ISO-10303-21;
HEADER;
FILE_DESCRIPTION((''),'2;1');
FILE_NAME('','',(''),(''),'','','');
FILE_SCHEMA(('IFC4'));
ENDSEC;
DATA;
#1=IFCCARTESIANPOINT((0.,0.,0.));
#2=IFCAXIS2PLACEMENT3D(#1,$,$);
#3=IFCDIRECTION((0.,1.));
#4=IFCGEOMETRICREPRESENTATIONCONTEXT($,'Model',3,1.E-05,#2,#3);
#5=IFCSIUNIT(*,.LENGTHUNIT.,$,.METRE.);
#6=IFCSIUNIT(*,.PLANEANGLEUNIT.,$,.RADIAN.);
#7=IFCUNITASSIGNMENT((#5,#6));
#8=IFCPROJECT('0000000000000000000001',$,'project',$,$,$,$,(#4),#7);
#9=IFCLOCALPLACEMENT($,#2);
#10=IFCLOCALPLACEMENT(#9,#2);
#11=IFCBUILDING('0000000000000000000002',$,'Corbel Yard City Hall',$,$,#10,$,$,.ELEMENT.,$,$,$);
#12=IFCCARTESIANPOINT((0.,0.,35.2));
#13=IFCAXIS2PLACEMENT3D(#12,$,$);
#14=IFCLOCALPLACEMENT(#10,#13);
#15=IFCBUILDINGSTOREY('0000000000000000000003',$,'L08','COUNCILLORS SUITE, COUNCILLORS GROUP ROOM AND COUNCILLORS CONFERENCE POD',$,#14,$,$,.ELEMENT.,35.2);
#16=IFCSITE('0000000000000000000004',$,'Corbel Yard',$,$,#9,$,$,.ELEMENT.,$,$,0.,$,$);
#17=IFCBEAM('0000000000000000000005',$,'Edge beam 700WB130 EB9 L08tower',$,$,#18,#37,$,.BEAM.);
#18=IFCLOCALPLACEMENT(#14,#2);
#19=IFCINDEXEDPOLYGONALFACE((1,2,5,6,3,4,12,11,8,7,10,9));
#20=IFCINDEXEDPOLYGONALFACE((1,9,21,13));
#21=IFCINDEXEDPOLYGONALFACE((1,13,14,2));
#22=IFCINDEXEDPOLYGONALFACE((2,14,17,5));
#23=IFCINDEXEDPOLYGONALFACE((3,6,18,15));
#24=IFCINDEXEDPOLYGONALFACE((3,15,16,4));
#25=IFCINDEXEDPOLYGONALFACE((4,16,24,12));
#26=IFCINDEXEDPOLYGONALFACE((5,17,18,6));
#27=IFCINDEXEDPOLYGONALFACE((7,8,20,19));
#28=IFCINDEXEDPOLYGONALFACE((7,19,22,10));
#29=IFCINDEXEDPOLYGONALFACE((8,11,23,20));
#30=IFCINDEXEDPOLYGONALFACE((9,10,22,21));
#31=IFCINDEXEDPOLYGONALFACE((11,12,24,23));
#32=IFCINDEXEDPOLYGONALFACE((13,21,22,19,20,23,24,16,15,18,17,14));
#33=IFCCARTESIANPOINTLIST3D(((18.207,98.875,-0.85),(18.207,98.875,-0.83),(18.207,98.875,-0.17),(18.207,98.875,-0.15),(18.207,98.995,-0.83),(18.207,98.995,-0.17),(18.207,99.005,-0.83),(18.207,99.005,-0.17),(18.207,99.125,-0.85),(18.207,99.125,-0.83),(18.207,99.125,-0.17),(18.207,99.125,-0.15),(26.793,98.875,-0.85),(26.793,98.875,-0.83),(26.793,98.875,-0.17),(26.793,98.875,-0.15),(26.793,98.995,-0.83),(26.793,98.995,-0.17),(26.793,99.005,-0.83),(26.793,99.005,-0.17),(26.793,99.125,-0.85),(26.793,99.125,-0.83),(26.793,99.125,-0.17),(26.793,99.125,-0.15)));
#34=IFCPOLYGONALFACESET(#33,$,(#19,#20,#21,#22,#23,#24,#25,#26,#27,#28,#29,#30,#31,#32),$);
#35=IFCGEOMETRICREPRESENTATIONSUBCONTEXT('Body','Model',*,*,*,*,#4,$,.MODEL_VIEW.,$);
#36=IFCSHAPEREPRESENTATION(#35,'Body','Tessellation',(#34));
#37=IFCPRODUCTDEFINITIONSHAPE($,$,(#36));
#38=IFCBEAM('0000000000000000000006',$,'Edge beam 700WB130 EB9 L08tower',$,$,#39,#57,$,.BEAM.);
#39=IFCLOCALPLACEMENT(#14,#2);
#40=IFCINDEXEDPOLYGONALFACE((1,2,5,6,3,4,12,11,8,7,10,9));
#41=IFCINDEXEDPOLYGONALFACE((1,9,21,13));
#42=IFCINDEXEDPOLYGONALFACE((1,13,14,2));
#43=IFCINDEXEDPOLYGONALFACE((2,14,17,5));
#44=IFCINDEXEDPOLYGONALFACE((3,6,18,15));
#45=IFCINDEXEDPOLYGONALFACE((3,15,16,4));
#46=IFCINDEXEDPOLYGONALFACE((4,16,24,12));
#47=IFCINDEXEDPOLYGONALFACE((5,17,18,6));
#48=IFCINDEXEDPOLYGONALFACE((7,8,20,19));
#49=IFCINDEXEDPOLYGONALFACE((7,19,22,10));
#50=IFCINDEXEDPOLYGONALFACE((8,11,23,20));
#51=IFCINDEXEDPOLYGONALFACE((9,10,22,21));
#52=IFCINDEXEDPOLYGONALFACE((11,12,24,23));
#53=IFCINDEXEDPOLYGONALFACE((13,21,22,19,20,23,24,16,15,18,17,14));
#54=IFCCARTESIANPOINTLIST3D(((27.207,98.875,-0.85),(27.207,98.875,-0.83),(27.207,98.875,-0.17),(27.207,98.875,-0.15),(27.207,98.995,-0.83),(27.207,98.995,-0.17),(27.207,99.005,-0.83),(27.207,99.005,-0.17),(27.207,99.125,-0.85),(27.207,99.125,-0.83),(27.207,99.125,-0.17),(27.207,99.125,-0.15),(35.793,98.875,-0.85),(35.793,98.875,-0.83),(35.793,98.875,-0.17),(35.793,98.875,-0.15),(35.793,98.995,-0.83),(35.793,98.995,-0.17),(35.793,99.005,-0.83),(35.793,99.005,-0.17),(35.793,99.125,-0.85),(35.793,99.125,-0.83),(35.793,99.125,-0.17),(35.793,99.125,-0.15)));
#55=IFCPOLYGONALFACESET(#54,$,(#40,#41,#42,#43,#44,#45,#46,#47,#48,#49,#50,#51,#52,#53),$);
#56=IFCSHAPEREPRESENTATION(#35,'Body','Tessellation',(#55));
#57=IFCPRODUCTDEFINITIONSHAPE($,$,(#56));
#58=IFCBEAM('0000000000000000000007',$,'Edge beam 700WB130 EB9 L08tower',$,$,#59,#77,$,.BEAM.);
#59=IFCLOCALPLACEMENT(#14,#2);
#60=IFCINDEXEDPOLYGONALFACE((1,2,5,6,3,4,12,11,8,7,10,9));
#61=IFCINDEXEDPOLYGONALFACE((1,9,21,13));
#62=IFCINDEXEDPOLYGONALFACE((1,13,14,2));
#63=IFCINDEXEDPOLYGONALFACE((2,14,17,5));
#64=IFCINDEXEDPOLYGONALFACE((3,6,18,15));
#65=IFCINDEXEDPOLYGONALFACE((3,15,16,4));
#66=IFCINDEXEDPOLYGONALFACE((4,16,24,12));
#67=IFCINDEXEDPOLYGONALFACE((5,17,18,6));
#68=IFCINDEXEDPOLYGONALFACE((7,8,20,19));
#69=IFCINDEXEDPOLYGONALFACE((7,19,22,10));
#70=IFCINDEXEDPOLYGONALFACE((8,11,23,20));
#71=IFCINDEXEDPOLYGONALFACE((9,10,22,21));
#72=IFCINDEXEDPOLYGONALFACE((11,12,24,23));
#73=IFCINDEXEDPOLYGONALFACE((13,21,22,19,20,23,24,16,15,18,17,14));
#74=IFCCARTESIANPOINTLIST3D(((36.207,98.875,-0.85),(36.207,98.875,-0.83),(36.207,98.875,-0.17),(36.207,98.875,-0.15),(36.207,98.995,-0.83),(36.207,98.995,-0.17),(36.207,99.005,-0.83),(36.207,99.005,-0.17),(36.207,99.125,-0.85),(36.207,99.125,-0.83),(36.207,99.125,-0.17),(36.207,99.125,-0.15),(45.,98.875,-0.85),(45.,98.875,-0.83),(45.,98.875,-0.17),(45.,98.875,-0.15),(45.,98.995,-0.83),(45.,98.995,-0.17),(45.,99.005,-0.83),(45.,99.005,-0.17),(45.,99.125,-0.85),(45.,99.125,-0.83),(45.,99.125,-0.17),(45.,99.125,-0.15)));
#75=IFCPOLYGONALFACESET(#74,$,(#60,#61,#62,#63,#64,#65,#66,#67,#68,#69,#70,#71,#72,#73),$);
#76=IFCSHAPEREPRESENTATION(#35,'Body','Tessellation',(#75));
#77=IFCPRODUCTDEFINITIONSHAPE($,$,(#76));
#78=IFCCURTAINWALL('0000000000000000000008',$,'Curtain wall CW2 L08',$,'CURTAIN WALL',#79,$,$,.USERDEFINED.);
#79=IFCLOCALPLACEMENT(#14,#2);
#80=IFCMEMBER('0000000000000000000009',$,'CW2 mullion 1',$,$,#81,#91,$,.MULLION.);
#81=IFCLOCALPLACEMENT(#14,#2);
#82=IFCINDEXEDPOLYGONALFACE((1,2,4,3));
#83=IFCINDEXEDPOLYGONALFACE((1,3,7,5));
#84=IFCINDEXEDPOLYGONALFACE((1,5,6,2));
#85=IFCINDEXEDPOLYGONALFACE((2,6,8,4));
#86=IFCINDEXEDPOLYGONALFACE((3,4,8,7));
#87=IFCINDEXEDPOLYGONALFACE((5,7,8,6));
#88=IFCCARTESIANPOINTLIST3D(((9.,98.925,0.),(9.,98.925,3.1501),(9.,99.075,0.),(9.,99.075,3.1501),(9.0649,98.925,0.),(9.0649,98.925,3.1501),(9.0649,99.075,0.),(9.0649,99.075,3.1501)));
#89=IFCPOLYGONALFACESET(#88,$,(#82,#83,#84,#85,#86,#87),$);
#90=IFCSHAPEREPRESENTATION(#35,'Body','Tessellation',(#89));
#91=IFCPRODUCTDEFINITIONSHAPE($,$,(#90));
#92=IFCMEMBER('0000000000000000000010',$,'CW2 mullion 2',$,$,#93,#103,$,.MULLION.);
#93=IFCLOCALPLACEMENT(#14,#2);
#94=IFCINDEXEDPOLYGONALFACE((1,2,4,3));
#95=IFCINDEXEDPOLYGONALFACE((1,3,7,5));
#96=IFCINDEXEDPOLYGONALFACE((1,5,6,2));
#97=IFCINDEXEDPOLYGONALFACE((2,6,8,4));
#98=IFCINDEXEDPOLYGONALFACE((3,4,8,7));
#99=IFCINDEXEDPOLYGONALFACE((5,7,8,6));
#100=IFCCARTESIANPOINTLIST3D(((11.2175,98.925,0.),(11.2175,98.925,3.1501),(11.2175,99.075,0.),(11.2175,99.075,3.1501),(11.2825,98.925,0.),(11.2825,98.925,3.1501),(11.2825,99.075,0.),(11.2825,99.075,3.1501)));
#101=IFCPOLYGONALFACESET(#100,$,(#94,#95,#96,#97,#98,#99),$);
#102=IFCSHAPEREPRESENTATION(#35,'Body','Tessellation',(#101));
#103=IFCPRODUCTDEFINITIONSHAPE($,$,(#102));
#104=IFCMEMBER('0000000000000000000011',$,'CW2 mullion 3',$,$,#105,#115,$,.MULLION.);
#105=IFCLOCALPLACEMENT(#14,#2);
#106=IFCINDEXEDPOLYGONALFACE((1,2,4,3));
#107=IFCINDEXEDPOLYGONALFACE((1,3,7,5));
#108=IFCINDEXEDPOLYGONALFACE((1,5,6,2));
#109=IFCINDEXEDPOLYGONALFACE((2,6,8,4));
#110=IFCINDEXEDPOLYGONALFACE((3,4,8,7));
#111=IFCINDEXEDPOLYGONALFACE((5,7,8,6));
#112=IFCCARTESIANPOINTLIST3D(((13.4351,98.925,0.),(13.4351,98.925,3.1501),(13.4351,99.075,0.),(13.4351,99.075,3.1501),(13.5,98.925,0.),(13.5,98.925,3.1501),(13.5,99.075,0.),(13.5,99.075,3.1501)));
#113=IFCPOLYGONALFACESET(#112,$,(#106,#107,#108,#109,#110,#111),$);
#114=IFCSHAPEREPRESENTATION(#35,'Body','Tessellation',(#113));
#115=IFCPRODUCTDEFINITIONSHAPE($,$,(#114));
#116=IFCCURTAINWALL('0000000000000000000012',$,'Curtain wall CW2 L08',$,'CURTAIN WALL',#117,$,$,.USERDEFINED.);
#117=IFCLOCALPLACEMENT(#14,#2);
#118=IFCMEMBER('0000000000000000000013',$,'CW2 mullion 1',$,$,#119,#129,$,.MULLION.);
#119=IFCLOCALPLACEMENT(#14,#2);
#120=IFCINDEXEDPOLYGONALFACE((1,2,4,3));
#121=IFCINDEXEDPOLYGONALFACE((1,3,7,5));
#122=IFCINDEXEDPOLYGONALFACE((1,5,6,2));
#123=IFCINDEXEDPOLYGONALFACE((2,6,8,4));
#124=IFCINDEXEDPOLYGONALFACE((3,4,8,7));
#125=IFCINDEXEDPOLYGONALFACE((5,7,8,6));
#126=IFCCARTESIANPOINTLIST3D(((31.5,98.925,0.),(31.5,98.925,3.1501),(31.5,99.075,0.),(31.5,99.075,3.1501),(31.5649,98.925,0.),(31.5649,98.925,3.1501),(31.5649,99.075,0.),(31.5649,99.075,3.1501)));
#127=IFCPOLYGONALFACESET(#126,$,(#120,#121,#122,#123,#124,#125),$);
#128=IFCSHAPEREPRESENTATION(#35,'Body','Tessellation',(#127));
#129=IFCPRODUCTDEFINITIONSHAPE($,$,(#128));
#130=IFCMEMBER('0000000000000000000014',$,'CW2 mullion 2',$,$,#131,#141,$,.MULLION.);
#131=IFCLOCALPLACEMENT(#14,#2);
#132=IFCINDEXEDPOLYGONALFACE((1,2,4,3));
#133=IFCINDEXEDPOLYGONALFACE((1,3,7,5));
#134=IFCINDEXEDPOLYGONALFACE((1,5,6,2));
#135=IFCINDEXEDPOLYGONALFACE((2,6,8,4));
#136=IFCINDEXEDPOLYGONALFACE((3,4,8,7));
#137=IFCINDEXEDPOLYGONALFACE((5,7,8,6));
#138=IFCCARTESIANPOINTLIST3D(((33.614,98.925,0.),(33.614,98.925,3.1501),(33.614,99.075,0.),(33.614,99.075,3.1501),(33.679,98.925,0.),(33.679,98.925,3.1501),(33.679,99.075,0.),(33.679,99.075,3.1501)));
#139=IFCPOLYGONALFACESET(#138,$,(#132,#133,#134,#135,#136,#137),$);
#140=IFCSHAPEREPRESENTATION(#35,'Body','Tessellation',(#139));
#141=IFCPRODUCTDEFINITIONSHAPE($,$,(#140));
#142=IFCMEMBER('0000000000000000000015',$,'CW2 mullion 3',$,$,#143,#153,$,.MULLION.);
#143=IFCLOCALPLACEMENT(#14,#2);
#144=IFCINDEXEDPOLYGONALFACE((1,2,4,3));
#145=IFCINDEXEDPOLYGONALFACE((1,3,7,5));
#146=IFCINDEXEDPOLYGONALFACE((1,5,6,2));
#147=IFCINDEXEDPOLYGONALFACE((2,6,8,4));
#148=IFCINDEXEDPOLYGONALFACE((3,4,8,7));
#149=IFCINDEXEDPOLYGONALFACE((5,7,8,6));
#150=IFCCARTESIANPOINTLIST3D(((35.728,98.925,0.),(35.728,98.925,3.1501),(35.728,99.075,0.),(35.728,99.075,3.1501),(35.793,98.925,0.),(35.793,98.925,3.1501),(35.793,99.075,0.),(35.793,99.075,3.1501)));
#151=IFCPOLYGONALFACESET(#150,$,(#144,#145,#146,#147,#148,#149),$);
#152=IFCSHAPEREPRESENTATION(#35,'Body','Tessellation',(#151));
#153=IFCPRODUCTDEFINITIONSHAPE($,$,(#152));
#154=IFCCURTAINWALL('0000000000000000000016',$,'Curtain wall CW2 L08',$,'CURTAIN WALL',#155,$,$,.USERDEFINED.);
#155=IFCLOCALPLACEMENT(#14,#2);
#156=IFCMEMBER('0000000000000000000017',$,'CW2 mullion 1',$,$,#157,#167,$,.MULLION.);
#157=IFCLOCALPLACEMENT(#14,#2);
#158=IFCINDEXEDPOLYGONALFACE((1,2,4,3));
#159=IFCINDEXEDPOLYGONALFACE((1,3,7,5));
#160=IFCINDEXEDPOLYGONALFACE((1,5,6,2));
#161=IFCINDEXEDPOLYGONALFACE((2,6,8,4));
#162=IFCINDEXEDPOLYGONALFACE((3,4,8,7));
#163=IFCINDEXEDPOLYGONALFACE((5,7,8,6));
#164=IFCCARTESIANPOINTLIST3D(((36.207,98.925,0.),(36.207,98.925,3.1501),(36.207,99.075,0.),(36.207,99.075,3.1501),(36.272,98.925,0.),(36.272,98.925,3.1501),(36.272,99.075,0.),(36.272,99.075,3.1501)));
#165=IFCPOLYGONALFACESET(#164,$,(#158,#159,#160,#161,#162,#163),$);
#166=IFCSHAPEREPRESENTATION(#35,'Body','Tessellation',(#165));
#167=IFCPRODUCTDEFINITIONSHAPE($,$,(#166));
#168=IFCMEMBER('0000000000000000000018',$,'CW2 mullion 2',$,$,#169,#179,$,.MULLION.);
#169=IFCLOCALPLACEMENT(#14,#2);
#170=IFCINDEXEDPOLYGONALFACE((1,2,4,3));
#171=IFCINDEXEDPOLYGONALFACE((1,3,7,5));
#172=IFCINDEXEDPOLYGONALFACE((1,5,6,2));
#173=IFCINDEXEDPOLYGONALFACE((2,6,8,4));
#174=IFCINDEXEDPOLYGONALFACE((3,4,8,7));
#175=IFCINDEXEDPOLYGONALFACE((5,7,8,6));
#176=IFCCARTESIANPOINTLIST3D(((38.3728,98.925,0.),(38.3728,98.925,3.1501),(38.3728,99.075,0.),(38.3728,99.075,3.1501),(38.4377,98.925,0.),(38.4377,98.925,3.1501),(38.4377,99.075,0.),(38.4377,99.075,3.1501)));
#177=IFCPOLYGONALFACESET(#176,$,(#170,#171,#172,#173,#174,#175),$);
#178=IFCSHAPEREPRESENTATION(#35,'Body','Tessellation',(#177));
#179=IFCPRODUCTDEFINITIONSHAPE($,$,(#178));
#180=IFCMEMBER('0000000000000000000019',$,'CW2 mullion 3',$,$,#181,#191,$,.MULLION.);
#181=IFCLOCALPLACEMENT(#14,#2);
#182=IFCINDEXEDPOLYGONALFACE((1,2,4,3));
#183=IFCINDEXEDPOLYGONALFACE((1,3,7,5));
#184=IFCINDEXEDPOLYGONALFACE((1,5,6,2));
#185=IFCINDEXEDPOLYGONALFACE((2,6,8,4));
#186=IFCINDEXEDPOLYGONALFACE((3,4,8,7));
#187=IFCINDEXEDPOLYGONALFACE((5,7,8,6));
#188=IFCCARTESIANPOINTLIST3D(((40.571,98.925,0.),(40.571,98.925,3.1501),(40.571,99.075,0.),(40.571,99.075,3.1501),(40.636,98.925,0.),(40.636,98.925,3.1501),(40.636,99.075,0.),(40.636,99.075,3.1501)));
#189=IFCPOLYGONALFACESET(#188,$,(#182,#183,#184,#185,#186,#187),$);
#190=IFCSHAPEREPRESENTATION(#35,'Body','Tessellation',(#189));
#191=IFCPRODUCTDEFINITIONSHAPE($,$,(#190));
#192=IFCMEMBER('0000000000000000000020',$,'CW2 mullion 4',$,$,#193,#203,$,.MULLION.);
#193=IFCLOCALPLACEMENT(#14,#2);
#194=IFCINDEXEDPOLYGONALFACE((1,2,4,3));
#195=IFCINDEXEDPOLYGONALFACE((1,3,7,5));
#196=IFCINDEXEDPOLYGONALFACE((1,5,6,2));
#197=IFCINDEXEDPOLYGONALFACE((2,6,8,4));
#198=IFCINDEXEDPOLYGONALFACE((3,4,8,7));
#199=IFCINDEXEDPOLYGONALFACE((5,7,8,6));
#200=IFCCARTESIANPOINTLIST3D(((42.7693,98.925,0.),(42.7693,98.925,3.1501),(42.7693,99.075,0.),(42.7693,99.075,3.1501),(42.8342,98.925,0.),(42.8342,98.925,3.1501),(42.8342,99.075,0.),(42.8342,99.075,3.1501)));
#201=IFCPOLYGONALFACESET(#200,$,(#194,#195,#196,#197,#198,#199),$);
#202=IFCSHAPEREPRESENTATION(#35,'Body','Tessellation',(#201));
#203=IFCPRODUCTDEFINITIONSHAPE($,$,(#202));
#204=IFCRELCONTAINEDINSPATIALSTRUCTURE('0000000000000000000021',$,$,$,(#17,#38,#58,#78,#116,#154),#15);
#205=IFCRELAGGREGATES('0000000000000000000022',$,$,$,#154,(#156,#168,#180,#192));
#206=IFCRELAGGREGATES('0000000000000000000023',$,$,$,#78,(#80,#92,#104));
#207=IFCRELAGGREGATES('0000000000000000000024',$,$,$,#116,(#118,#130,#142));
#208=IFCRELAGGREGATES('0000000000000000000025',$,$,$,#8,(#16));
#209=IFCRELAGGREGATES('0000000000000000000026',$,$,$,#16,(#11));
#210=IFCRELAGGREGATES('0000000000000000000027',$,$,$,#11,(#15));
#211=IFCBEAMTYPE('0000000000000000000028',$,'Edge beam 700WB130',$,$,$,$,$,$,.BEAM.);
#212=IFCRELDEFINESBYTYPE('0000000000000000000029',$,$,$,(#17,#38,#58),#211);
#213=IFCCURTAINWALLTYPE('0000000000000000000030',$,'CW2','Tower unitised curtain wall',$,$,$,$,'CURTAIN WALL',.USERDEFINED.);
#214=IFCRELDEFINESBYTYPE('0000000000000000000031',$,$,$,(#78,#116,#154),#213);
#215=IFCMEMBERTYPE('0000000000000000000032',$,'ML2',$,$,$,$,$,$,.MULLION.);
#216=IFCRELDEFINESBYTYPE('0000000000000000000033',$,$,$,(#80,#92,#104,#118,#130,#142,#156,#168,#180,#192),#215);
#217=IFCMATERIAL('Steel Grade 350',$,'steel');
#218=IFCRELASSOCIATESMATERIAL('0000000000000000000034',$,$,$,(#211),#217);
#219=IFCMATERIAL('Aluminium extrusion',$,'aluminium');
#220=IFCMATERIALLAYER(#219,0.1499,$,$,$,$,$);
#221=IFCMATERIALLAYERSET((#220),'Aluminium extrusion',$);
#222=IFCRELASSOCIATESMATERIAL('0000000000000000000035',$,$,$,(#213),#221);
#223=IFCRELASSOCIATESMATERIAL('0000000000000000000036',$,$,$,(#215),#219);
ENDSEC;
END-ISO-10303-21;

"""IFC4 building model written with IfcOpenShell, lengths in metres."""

from ifc_helpers import new_model, si_unit, direction, frame, origin, origin_2d, place, context, subcontext, project, spatial, rectangle, i_section, extrude, material, layer, layer_set, material_profile, profile_set, type_object, element, aggregate, save


model = new_model("IFC4")

# Units and contexts
model_context = context("Model", 3, precision=1e-05, world=origin(), true_north=direction((0.0, 1.0)))
body_context = subcontext(model_context, "Body", "Model", "MODEL_VIEW")
ifc_project = project(units=[si_unit("LENGTHUNIT", "METRE"), si_unit("PLANEANGLEUNIT", "RADIAN")], contexts=[model_context])

# Site, building, storey
site_placement = place(None, origin())
site = spatial("IfcSite", under=ifc_project, at=site_placement, Name="Corbel Yard", CompositionType="ELEMENT", RefElevation=0.0)
building_placement = place(site_placement, origin())
building = spatial("IfcBuilding", under=site, at=building_placement, Name="Corbel Yard City Hall", CompositionType="ELEMENT")
storey_placement = place(building_placement, frame((0.0, 0.0, 35.2)))
storey = spatial("IfcBuildingStorey", under=building, at=storey_placement, Name="L08", Description="COUNCILLORS SUITE, COUNCILLORS GROUP ROOM AND COUNCILLORS CONFERENCE POD", CompositionType="ELEMENT", Elevation=35.2)

# Beams
ifc_material_1 = material(Name="Steel Grade 350", Category="steel")
ifc_material_profile_1 = material_profile(ifc_material_1, i_section(OverallWidth=0.25, OverallDepth=0.7, WebThickness=0.01, FlangeThickness=0.02, at=origin_2d()), Name="700WB130")
ifc_profile_set_1 = profile_set([ifc_material_profile_1], Name="Steel Grade 350")
beam_type = type_object("IfcBeamType", Name="Edge beam 700WB130", PredefinedType="BEAM", material=ifc_profile_set_1)
for number, where, z_axis, x_axis, name in (
    (1, (18.207, 99.0, -0.5), (1.0, 0.0, 0.0), (0.0, 1.0, 0.0), "Edge beam 700WB130 EB9 L08tower"),
    (2, (27.207, 99.0, -0.5), (1.0, 0.0, 0.0), (0.0, 1.0, 0.0), "Edge beam 700WB130 EB9 L08tower"),
):
    element("IfcBeam", number, at=place(storey_placement, frame(where, z_axis=z_axis, x_axis=x_axis)), inside=storey, type_object=beam_type, Name=name, PredefinedType="BEAM", context=body_context, shape_type="SweptSolid", body=[
        extrude(i_section(OverallWidth=0.25, OverallDepth=0.7, WebThickness=0.01, FlangeThickness=0.02, at=origin_2d()), origin(), (0.0, 0.0, 1.0), 8.5859),
    ])
beam_placement = place(storey_placement, frame((36.207, 99.0, -0.5), z_axis=(1.0, 0.0, 0.0), x_axis=(0.0, 1.0, 0.0)))
element("IfcBeam", 3, at=beam_placement, inside=storey, type_object=beam_type, Name="Edge beam 700WB130 EB9 L08tower", PredefinedType="BEAM", context=body_context, shape_type="SweptSolid", body=[
    extrude(i_section(OverallWidth=0.25, OverallDepth=0.7, WebThickness=0.01, FlangeThickness=0.02, at=origin_2d()), origin(), (0.0, 0.0, 1.0), 8.793),
])

# Curtain walls, members
ifc_material_2 = material(Name="Aluminium extrusion", Category="aluminium")
ifc_layer_1 = layer(ifc_material_2, 0.1499)
ifc_layer_set_1 = layer_set([ifc_layer_1], Name="Aluminium extrusion")
curtain_wall_type = type_object("IfcCurtainWallType", Name="CW2", Description="Tower unitised curtain wall", ElementType="CURTAIN WALL", PredefinedType="USERDEFINED", material=ifc_layer_set_1)
curtain_wall_1_placement = place(storey_placement, origin())
curtain_wall_1 = element("IfcCurtainWall", 4, at=curtain_wall_1_placement, inside=storey, type_object=curtain_wall_type, Name="Curtain wall CW2 L08", ObjectType="CURTAIN WALL", PredefinedType="USERDEFINED")
ifc_material_profile_2 = material_profile(ifc_material_2, rectangle(XDim=0.1499, YDim=0.0649, at=origin_2d()), Name="150x65")
ifc_profile_set_2 = profile_set([ifc_material_profile_2], Name="Aluminium extrusion")
member_type_1 = type_object("IfcMemberType", Name="ML2", PredefinedType="MULLION", material=ifc_profile_set_2)
member_1_placement = place(storey_placement, frame((9.0325, 99.0, 0.0), z_axis=(0.0, 0.0, 1.0), x_axis=(0.0, 1.0, 0.0)))
member_1 = element("IfcMember", 5, at=member_1_placement, type_object=member_type_1, Name="CW2 mullion 1", PredefinedType="MULLION", context=body_context, shape_type="SweptSolid", body=[
    extrude(rectangle(XDim=0.1499, YDim=0.0649, at=origin_2d()), origin(), (0.0, 0.0, 1.0), 3.1501),
])
member_2_placement = place(storey_placement, frame((11.25, 99.0, 0.0), z_axis=(0.0, 0.0, 1.0), x_axis=(0.0, 1.0, 0.0)))
member_2 = element("IfcMember", 6, at=member_2_placement, type_object=member_type_1, Name="CW2 mullion 2", PredefinedType="MULLION", context=body_context, shape_type="SweptSolid", body=[
    extrude(rectangle(XDim=0.1499, YDim=0.0649, at=origin_2d()), origin(), (0.0, 0.0, 1.0), 3.1501),
])
member_3_placement = place(storey_placement, frame((13.4675, 99.0, 0.0), z_axis=(0.0, 0.0, 1.0), x_axis=(0.0, 1.0, 0.0)))
member_3 = element("IfcMember", 7, at=member_3_placement, type_object=member_type_1, Name="CW2 mullion 3", PredefinedType="MULLION", context=body_context, shape_type="SweptSolid", body=[
    extrude(rectangle(XDim=0.1499, YDim=0.0649, at=origin_2d()), origin(), (0.0, 0.0, 1.0), 3.1501),
])
curtain_wall_2_placement = place(storey_placement, origin())
curtain_wall_2 = element("IfcCurtainWall", 8, at=curtain_wall_2_placement, inside=storey, type_object=curtain_wall_type, Name="Curtain wall CW2 L08", ObjectType="CURTAIN WALL", PredefinedType="USERDEFINED")
member_4_placement = place(storey_placement, frame((31.5325, 99.0, 0.0), z_axis=(0.0, 0.0, 1.0), x_axis=(0.0, 1.0, 0.0)))
member_4 = element("IfcMember", 9, at=member_4_placement, type_object=member_type_1, Name="CW2 mullion 1", PredefinedType="MULLION", context=body_context, shape_type="SweptSolid", body=[
    extrude(rectangle(XDim=0.1499, YDim=0.0649, at=origin_2d()), origin(), (0.0, 0.0, 1.0), 3.1501),
])
member_5_placement = place(storey_placement, frame((33.6465, 99.0, 0.0), z_axis=(0.0, 0.0, 1.0), x_axis=(0.0, 1.0, 0.0)))
member_5 = element("IfcMember", 10, at=member_5_placement, type_object=member_type_1, Name="CW2 mullion 2", PredefinedType="MULLION", context=body_context, shape_type="SweptSolid", body=[
    extrude(rectangle(XDim=0.1499, YDim=0.0649, at=origin_2d()), origin(), (0.0, 0.0, 1.0), 3.1501),
])
member_6_placement = place(storey_placement, frame((35.7605, 99.0, 0.0), z_axis=(0.0, 0.0, 1.0), x_axis=(0.0, 1.0, 0.0)))
member_6 = element("IfcMember", 11, at=member_6_placement, type_object=member_type_1, Name="CW2 mullion 3", PredefinedType="MULLION", context=body_context, shape_type="SweptSolid", body=[
    extrude(rectangle(XDim=0.1499, YDim=0.0649, at=origin_2d()), origin(), (0.0, 0.0, 1.0), 3.1501),
])
curtain_wall_3_placement = place(storey_placement, origin())
curtain_wall_3 = element("IfcCurtainWall", 12, at=curtain_wall_3_placement, inside=storey, type_object=curtain_wall_type, Name="Curtain wall CW2 L08", ObjectType="CURTAIN WALL", PredefinedType="USERDEFINED")
member_7_placement = place(storey_placement, frame((36.2395, 99.0, 0.0), z_axis=(0.0, 0.0, 1.0), x_axis=(0.0, 1.0, 0.0)))
member_7 = element("IfcMember", 13, at=member_7_placement, type_object=member_type_1, Name="CW2 mullion 1", PredefinedType="MULLION", context=body_context, shape_type="SweptSolid", body=[
    extrude(rectangle(XDim=0.1499, YDim=0.0649, at=origin_2d()), origin(), (0.0, 0.0, 1.0), 3.1501),
])
member_8_placement = place(storey_placement, frame((38.4053, 99.0, 0.0), z_axis=(0.0, 0.0, 1.0), x_axis=(0.0, 1.0, 0.0)))
member_8 = element("IfcMember", 14, at=member_8_placement, type_object=member_type_1, Name="CW2 mullion 2", PredefinedType="MULLION", context=body_context, shape_type="SweptSolid", body=[
    extrude(rectangle(XDim=0.1499, YDim=0.0649, at=origin_2d()), origin(), (0.0, 0.0, 1.0), 3.1501),
])
member_9_placement = place(storey_placement, frame((40.6035, 99.0, 0.0), z_axis=(0.0, 0.0, 1.0), x_axis=(0.0, 1.0, 0.0)))
member_9 = element("IfcMember", 15, at=member_9_placement, type_object=member_type_1, Name="CW2 mullion 3", PredefinedType="MULLION", context=body_context, shape_type="SweptSolid", body=[
    extrude(rectangle(XDim=0.1499, YDim=0.0649, at=origin_2d()), origin(), (0.0, 0.0, 1.0), 3.1501),
])
member_10_placement = place(storey_placement, frame((42.8018, 99.0, 0.0), z_axis=(0.0, 0.0, 1.0), x_axis=(0.0, 1.0, 0.0)))
member_10 = element("IfcMember", 16, at=member_10_placement, type_object=member_type_1, Name="CW2 mullion 4", PredefinedType="MULLION", context=body_context, shape_type="SweptSolid", body=[
    extrude(rectangle(XDim=0.1499, YDim=0.0649, at=origin_2d()), origin(), (0.0, 0.0, 1.0), 3.1501),
])

aggregate(curtain_wall_3, [member_7, member_8, member_9, member_10])

aggregate(curtain_wall_1, [member_1, member_2, member_3])
aggregate(curtain_wall_2, [member_4, member_5, member_6])

save(model, "model.ifc")
